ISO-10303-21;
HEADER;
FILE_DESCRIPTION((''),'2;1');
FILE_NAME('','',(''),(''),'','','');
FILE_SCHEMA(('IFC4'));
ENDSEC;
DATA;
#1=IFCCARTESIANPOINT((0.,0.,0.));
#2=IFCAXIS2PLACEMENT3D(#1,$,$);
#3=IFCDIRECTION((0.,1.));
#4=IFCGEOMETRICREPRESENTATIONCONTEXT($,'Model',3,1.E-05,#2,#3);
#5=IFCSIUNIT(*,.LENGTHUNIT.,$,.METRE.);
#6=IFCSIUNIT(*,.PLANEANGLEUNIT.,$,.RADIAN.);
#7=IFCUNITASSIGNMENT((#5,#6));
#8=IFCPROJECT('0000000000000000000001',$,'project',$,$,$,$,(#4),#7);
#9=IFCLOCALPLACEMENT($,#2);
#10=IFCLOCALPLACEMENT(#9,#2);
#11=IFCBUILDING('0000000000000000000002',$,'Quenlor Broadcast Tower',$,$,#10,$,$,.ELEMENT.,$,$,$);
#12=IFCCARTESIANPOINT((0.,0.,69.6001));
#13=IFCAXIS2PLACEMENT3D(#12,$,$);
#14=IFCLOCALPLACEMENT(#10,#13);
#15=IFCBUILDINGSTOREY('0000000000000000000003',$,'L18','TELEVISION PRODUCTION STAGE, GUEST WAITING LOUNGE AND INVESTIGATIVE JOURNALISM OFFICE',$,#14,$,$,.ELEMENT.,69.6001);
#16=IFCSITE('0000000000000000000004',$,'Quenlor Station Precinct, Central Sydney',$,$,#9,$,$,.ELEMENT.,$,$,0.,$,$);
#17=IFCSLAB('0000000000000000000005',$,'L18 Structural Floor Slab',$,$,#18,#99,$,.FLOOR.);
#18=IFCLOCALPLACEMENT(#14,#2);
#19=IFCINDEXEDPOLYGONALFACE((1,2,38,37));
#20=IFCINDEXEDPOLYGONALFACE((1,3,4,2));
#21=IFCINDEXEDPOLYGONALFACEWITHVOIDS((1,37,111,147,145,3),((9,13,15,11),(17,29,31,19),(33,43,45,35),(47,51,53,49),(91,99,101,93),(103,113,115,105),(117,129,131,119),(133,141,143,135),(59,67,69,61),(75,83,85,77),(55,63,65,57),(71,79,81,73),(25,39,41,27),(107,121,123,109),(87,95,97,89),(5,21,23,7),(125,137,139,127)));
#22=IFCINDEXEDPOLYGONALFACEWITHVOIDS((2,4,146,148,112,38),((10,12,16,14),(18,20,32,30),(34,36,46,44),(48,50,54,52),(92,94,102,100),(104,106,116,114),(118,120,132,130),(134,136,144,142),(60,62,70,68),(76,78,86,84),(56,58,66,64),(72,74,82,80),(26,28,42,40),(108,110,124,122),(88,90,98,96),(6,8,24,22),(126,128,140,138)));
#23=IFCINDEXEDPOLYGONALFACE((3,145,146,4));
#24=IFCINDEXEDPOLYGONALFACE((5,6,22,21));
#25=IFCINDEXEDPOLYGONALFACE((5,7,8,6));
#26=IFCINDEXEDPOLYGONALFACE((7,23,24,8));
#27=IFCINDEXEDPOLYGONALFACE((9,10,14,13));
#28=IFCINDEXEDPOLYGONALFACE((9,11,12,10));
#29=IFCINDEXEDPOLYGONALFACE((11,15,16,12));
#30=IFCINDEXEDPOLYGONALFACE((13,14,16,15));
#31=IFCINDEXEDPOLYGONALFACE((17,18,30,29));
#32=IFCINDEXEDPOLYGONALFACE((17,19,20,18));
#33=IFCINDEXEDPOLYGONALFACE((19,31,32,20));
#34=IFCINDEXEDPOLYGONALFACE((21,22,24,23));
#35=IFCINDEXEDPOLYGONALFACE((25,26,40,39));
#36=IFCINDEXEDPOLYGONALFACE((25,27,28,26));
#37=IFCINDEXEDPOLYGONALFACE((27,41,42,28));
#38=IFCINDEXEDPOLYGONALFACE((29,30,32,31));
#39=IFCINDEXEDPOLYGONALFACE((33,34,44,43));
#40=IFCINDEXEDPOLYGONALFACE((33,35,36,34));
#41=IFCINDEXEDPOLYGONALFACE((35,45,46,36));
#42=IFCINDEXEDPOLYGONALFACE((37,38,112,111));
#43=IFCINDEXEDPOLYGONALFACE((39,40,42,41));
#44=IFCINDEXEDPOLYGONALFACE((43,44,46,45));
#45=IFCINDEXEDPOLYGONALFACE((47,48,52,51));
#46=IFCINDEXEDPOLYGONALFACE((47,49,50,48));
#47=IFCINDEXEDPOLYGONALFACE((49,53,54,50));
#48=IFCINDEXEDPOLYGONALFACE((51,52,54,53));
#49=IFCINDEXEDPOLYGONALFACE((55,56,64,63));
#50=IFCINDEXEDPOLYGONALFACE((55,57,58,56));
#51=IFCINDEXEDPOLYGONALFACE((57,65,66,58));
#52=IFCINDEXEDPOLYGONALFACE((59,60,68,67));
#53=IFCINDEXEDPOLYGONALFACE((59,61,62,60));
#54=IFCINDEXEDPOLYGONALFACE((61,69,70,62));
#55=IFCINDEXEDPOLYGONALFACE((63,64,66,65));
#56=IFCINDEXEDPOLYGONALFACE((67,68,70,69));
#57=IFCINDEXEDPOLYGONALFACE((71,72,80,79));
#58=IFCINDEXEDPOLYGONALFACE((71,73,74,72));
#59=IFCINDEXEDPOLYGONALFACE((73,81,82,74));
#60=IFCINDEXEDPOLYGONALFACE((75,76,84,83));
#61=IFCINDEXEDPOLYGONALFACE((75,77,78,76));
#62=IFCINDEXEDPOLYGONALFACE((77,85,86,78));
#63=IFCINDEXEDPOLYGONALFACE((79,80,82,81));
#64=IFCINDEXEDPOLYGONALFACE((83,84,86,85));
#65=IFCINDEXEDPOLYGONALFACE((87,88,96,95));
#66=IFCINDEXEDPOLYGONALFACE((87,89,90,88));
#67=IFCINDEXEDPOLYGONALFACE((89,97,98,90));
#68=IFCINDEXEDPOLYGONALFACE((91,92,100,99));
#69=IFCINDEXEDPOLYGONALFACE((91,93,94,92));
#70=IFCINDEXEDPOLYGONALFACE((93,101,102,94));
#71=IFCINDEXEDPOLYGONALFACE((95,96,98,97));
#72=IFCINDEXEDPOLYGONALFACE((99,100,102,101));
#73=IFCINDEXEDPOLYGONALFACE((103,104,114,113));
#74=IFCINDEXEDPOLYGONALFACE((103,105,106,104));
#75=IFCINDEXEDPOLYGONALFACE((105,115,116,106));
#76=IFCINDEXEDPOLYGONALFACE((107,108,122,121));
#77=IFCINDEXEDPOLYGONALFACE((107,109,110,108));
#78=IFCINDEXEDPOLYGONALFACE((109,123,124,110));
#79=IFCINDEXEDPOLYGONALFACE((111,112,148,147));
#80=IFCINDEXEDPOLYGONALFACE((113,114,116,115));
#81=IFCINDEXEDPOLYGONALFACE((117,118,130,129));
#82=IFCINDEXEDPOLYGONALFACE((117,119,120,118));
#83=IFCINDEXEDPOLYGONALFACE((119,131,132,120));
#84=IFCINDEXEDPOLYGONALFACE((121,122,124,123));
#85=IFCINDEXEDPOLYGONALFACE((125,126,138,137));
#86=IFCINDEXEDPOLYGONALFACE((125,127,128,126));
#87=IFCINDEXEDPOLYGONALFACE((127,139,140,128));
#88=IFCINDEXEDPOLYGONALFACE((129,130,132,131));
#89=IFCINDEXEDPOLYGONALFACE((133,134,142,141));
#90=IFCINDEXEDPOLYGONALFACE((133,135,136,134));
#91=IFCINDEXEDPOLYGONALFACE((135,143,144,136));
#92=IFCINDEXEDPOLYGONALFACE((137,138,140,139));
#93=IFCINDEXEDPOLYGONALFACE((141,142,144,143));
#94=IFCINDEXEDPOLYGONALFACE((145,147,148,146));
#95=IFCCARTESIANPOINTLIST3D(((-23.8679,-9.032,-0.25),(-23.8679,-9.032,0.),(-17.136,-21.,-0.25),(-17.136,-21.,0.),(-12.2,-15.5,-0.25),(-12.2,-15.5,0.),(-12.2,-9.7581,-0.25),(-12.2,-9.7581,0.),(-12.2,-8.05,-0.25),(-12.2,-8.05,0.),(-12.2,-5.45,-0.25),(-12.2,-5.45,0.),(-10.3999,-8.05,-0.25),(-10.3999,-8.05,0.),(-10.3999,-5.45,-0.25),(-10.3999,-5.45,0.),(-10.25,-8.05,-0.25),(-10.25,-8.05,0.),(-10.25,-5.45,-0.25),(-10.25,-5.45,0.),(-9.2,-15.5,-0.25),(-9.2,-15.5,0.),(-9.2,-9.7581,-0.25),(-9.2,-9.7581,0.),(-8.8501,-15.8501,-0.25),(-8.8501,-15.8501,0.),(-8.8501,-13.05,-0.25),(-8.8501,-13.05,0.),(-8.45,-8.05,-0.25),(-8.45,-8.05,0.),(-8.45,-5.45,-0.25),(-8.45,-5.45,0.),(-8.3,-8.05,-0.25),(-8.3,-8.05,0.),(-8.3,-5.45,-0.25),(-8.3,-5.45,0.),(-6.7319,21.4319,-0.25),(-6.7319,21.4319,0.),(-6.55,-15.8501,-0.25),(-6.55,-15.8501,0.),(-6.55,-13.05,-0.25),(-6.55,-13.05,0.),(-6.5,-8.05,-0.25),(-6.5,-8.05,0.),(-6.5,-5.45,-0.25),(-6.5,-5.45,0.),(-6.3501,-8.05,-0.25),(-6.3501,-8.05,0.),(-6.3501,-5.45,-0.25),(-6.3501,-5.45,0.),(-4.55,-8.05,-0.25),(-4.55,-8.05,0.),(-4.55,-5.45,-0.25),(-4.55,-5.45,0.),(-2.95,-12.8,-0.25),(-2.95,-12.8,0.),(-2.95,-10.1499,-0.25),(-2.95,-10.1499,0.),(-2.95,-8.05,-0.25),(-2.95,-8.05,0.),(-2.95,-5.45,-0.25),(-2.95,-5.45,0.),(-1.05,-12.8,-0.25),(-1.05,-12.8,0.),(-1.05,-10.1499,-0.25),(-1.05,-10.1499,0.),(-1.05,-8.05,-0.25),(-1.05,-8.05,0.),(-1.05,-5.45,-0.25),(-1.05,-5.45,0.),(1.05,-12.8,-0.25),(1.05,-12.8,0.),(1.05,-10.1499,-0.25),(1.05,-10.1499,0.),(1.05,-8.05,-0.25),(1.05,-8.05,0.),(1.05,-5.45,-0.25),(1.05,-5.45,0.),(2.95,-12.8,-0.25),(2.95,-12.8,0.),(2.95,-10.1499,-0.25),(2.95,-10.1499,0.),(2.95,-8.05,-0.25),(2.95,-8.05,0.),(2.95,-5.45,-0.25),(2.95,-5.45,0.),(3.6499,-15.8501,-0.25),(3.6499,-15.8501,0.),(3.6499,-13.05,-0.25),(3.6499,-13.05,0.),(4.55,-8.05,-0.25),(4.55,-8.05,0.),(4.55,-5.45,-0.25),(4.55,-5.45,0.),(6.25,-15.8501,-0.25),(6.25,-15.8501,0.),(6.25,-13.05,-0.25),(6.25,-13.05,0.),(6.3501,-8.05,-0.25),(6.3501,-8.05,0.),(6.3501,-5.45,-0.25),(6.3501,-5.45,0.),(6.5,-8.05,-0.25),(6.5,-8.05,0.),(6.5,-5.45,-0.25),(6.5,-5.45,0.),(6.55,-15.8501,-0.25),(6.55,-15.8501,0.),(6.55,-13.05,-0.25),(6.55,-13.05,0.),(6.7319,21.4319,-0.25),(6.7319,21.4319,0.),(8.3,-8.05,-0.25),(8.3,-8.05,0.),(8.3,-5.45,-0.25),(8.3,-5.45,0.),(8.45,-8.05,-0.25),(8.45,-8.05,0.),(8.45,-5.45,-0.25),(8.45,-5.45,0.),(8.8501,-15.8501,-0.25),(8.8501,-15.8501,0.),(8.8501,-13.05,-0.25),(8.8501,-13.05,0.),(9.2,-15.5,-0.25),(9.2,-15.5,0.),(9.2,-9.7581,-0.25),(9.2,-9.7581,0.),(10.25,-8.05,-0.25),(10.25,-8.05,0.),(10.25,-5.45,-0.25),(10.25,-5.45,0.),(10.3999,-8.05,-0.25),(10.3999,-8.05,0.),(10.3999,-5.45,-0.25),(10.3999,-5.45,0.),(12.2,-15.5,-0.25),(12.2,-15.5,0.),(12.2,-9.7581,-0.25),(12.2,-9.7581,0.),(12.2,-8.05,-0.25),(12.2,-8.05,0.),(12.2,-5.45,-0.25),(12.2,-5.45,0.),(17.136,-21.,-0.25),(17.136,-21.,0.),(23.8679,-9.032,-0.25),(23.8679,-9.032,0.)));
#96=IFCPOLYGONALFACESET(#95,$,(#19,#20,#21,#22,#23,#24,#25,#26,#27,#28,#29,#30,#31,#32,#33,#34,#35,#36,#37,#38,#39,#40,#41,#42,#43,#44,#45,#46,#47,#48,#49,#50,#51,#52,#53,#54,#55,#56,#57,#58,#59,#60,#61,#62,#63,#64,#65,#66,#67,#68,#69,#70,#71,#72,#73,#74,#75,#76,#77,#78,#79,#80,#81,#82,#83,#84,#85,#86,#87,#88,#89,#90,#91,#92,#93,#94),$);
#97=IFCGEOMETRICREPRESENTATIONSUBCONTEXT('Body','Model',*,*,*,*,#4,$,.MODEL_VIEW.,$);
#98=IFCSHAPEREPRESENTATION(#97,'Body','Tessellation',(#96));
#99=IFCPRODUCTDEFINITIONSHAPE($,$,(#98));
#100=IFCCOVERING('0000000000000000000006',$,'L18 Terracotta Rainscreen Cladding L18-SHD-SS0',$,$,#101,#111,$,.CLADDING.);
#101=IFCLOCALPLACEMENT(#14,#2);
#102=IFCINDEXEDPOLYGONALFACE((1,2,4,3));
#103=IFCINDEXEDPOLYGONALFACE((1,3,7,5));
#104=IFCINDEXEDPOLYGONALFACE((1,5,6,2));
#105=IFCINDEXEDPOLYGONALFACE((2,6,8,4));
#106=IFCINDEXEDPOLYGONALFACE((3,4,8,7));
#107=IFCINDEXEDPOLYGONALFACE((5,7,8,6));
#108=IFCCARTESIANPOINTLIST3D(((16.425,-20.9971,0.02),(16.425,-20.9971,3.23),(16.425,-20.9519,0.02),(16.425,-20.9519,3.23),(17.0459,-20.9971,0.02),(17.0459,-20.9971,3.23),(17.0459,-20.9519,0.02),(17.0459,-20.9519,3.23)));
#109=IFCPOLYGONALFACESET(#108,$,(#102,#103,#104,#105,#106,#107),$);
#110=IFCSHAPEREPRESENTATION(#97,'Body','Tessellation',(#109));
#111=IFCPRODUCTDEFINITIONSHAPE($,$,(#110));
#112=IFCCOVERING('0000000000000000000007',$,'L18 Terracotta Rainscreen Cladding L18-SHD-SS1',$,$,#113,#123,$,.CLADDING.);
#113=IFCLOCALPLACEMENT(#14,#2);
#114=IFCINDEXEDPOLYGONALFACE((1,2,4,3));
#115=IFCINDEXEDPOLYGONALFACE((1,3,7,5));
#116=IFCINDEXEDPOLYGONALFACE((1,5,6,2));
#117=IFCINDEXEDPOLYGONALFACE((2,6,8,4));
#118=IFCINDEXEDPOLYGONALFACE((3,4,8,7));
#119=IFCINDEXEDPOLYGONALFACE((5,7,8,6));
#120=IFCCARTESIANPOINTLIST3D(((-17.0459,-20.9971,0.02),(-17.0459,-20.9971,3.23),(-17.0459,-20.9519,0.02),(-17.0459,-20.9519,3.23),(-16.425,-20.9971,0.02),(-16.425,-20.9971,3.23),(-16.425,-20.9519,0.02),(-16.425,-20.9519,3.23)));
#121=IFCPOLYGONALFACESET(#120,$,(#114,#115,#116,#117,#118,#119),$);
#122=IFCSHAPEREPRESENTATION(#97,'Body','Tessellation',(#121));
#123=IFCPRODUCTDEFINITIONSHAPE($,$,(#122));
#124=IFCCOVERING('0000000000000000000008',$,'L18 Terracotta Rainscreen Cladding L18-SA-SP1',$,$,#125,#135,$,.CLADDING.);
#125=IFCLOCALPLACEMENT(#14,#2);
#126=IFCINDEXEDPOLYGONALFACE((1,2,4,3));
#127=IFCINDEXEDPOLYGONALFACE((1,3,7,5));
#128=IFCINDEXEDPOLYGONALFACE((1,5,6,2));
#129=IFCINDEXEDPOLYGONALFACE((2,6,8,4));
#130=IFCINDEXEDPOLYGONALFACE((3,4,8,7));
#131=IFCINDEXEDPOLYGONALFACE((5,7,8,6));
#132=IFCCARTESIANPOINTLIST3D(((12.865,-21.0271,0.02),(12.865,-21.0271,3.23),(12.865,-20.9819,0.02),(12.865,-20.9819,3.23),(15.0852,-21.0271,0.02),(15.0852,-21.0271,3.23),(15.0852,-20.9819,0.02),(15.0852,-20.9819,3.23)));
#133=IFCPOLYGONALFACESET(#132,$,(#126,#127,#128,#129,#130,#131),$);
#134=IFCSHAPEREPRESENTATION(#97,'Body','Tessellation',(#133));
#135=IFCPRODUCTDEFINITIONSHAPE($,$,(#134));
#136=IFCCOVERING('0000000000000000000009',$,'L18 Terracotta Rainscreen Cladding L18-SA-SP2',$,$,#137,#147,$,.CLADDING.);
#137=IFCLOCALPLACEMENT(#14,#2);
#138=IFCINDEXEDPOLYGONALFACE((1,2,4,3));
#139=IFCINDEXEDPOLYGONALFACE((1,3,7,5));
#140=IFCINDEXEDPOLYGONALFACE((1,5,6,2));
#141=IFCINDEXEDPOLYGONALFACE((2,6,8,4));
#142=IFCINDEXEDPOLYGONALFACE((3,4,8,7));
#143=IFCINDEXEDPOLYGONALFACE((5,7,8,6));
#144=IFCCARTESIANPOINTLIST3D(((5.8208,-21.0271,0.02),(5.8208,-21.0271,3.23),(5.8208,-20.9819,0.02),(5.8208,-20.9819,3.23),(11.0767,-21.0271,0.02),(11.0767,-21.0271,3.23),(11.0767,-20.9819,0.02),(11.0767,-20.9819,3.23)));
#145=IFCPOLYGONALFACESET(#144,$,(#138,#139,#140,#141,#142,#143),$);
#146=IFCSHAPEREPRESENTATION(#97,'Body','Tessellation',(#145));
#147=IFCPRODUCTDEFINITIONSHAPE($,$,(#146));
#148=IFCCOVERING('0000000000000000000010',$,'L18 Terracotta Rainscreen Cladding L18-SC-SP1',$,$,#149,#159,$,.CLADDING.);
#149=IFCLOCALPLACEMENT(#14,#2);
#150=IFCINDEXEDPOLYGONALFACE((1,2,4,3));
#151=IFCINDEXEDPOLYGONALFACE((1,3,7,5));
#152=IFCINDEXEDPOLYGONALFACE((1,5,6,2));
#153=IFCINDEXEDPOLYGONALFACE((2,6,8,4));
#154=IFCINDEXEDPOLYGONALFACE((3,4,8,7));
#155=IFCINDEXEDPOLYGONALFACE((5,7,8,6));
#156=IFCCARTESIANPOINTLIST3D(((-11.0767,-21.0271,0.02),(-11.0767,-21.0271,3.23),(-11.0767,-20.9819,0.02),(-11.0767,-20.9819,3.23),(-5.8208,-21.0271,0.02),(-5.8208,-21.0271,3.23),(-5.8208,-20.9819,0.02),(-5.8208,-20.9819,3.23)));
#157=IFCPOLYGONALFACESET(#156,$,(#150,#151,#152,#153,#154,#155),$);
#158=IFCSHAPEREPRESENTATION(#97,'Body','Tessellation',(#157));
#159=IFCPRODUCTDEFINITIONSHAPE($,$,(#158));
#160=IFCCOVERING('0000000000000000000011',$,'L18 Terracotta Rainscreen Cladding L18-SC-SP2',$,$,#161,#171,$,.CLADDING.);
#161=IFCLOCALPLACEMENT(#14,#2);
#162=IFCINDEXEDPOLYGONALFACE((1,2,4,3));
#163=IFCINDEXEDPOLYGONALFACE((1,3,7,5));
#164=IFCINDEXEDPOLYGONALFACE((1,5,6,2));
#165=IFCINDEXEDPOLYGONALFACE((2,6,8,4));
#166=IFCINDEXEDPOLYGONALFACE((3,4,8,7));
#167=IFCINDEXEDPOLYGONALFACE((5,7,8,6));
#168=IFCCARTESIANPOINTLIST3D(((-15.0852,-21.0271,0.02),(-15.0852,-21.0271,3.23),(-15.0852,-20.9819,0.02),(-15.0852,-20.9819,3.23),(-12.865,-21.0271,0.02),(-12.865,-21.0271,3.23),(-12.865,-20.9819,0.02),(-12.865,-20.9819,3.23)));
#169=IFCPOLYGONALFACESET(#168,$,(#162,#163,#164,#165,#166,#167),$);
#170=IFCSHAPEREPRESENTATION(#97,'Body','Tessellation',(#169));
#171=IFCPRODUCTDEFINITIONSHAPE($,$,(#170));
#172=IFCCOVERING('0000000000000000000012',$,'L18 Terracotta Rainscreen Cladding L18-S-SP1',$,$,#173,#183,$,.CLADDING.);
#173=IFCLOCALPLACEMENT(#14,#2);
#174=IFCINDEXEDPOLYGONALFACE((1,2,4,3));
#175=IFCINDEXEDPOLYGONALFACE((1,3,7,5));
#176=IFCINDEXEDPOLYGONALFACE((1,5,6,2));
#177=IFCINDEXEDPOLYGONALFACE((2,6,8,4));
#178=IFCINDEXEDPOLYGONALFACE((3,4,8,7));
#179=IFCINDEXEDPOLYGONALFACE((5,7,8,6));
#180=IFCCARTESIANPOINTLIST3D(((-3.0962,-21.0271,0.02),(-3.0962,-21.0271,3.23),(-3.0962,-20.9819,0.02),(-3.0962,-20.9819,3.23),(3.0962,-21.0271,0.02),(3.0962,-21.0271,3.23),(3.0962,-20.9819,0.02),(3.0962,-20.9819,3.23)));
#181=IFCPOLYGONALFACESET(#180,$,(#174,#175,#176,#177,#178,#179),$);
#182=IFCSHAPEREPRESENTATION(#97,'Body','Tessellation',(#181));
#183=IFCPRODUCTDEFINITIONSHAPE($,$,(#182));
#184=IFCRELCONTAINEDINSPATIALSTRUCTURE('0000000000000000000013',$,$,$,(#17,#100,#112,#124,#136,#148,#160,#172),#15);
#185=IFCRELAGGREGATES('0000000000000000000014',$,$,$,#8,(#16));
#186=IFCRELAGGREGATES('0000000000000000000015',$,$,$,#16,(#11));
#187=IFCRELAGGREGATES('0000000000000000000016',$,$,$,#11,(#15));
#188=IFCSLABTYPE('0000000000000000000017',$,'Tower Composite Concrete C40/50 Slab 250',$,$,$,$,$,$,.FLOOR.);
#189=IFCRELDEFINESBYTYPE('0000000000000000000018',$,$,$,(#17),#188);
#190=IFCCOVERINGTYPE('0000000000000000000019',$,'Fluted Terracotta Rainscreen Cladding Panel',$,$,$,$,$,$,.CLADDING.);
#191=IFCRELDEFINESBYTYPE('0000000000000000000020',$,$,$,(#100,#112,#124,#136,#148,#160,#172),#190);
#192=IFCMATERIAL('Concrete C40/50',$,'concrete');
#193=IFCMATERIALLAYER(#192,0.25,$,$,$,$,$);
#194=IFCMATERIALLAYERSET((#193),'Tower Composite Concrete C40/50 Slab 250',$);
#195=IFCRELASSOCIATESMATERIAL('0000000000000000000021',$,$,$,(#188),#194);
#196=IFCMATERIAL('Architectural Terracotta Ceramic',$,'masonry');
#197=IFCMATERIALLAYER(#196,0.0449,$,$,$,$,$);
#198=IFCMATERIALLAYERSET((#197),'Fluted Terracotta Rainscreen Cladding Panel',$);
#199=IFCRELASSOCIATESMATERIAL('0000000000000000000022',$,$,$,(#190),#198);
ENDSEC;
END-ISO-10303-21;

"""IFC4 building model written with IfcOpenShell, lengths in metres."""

from ifc_helpers import new_model, si_unit, direction, frame, origin, place, context, subcontext, project, spatial, polyline, outline, extrude, material, layer, layer_set, type_object, element, save


model = new_model("IFC4")

# Units and contexts
model_context = context("Model", 3, precision=1e-05, world=origin(), true_north=direction((0.0, 1.0)))
body_context = subcontext(model_context, "Body", "Model", "MODEL_VIEW")
ifc_project = project(units=[si_unit("LENGTHUNIT", "METRE"), si_unit("PLANEANGLEUNIT", "RADIAN")], contexts=[model_context])

# Site, building, storey
site_placement = place(None, origin())
site = spatial("IfcSite", under=ifc_project, at=site_placement, Name="Quenlor Station Precinct, Central Sydney", CompositionType="ELEMENT", RefElevation=0.0)
building_placement = place(site_placement, origin())
building = spatial("IfcBuilding", under=site, at=building_placement, Name="Quenlor Broadcast Tower", CompositionType="ELEMENT")
storey_placement = place(building_placement, frame((0.0, 0.0, 69.6001)))
storey = spatial("IfcBuildingStorey", under=building, at=storey_placement, Name="L18", Description="TELEVISION PRODUCTION STAGE, GUEST WAITING LOUNGE AND INVESTIGATIVE JOURNALISM OFFICE", CompositionType="ELEMENT", Elevation=69.6001)

# Slab
ifc_material_1 = material(Name="Concrete C40/50", Category="concrete")
ifc_layer_1 = layer(ifc_material_1, 0.25)
ifc_layer_set_1 = layer_set([ifc_layer_1], Name="Tower Composite Concrete C40/50 Slab 250")
slab_type = type_object("IfcSlabType", Name="Tower Composite Concrete C40/50 Slab 250", PredefinedType="FLOOR", material=ifc_layer_set_1)
slab_placement = place(storey_placement, frame((0.0, 0.0, -0.25)))
element("IfcSlab", 1, at=slab_placement, inside=storey, type_object=slab_type, Name="L18 Structural Floor Slab", PredefinedType="FLOOR", context=body_context, shape_type="SweptSolid", body=[
    extrude(outline(polyline([(17.136, -21.0), (23.8679, -9.032), (6.7319, 21.4319), (-6.7319, 21.4319), (-23.8679, -9.032), (-17.136, -21.0), (17.136, -21.0)]), holes=[polyline([(-12.2, -9.7581), (-12.2, -15.5), (-9.2, -15.5), (-9.2, -9.7581), (-12.2, -9.7581)]), polyline([(9.2, -9.7581), (9.2, -15.5), (12.2, -15.5), (12.2, -9.7581), (9.2, -9.7581)]), polyline([(-12.2, -8.05), (-10.3999, -8.05), (-10.3999, -5.45), (-12.2, -5.45), (-12.2, -8.05)]), polyline([(-10.25, -8.05), (-8.45, -8.05), (-8.45, -5.45), (-10.25, -5.45), (-10.25, -8.05)]), polyline([(-8.3, -8.05), (-6.5, -8.05), (-6.5, -5.45), (-8.3, -5.45), (-8.3, -8.05)]), polyline([(-6.3501, -8.05), (-4.55, -8.05), (-4.55, -5.45), (-6.3501, -5.45), (-6.3501, -8.05)]), polyline([(-2.95, -8.05), (-1.05, -8.05), (-1.05, -5.45), (-2.95, -5.45), (-2.95, -8.05)]), polyline([(1.05, -8.05), (2.95, -8.05), (2.95, -5.45), (1.05, -5.45), (1.05, -8.05)]), polyline([(-2.95, -12.8), (-1.05, -12.8), (-1.05, -10.1499), (-2.95, -10.1499), (-2.95, -12.8)]), polyline([(1.05, -12.8), (2.95, -12.8), (2.95, -10.1499), (1.05, -10.1499), (1.05, -12.8)]), polyline([(4.55, -8.05), (6.3501, -8.05), (6.3501, -5.45), (4.55, -5.45), (4.55, -8.05)]), polyline([(6.5, -8.05), (8.3, -8.05), (8.3, -5.45), (6.5, -5.45), (6.5, -8.05)]), polyline([(8.45, -8.05), (10.25, -8.05), (10.25, -5.45), (8.45, -5.45), (8.45, -8.05)]), polyline([(10.3999, -8.05), (12.2, -8.05), (12.2, -5.45), (10.3999, -5.45), (10.3999, -8.05)]), polyline([(-8.8501, -15.8501), (-6.55, -15.8501), (-6.55, -13.05), (-8.8501, -13.05), (-8.8501, -15.8501)]), polyline([(6.55, -15.8501), (8.8501, -15.8501), (8.8501, -13.05), (6.55, -13.05), (6.55, -15.8501)]), polyline([(3.6499, -15.8501), (6.25, -15.8501), (6.25, -13.05), (3.6499, -13.05), (3.6499, -15.8501)])]), origin(), (0.0, 0.0, 1.0), 0.25),
])

# Coverings
ifc_material_2 = material(Name="Architectural Terracotta Ceramic", Category="masonry")
ifc_layer_2 = layer(ifc_material_2, 0.0449)
ifc_layer_set_2 = layer_set([ifc_layer_2], Name="Fluted Terracotta Rainscreen Cladding Panel")
covering_type = type_object("IfcCoveringType", Name="Fluted Terracotta Rainscreen Cladding Panel", PredefinedType="CLADDING", material=ifc_layer_set_2)
covering_1_placement = place(storey_placement, frame((0.0, 0.0, 0.02)))
element("IfcCovering", 2, at=covering_1_placement, inside=storey, type_object=covering_type, Name="L18 Terracotta Rainscreen Cladding L18-SHD-SS0", PredefinedType="CLADDING", context=body_context, shape_type="SweptSolid", body=[
    extrude(outline(polyline([(17.0459, -20.9519), (16.425, -20.9519), (16.425, -20.9971), (17.0459, -20.9971), (17.0459, -20.9519)])), origin(), (0.0, 0.0, 1.0), 3.21),
])
covering_2_placement = place(storey_placement, frame((0.0, 0.0, 0.02)))
element("IfcCovering", 3, at=covering_2_placement, inside=storey, type_object=covering_type, Name="L18 Terracotta Rainscreen Cladding L18-SHD-SS1", PredefinedType="CLADDING", context=body_context, shape_type="SweptSolid", body=[
    extrude(outline(polyline([(-16.425, -20.9519), (-17.0459, -20.9519), (-17.0459, -20.9971), (-16.425, -20.9971), (-16.425, -20.9519)])), origin(), (0.0, 0.0, 1.0), 3.21),
])
covering_3_placement = place(storey_placement, frame((0.0, 0.0, 0.02)))
element("IfcCovering", 4, at=covering_3_placement, inside=storey, type_object=covering_type, Name="L18 Terracotta Rainscreen Cladding L18-SA-SP1", PredefinedType="CLADDING", context=body_context, shape_type="SweptSolid", body=[
    extrude(outline(polyline([(15.0852, -20.9819), (12.865, -20.9819), (12.865, -21.0271), (15.0852, -21.0271), (15.0852, -20.9819)])), origin(), (0.0, 0.0, 1.0), 3.21),
])
covering_4_placement = place(storey_placement, frame((0.0, 0.0, 0.02)))
element("IfcCovering", 5, at=covering_4_placement, inside=storey, type_object=covering_type, Name="L18 Terracotta Rainscreen Cladding L18-SA-SP2", PredefinedType="CLADDING", context=body_context, shape_type="SweptSolid", body=[
    extrude(outline(polyline([(11.0767, -20.9819), (5.8208, -20.9819), (5.8208, -21.0271), (11.0767, -21.0271), (11.0767, -20.9819)])), origin(), (0.0, 0.0, 1.0), 3.21),
])
covering_5_placement = place(storey_placement, frame((0.0, 0.0, 0.02)))
element("IfcCovering", 6, at=covering_5_placement, inside=storey, type_object=covering_type, Name="L18 Terracotta Rainscreen Cladding L18-SC-SP1", PredefinedType="CLADDING", context=body_context, shape_type="SweptSolid", body=[
    extrude(outline(polyline([(-5.8208, -20.9819), (-11.0767, -20.9819), (-11.0767, -21.0271), (-5.8208, -21.0271), (-5.8208, -20.9819)])), origin(), (0.0, 0.0, 1.0), 3.21),
])
covering_6_placement = place(storey_placement, frame((0.0, 0.0, 0.02)))
element("IfcCovering", 7, at=covering_6_placement, inside=storey, type_object=covering_type, Name="L18 Terracotta Rainscreen Cladding L18-SC-SP2", PredefinedType="CLADDING", context=body_context, shape_type="SweptSolid", body=[
    extrude(outline(polyline([(-12.865, -20.9819), (-15.0852, -20.9819), (-15.0852, -21.0271), (-12.865, -21.0271), (-12.865, -20.9819)])), origin(), (0.0, 0.0, 1.0), 3.21),
])
covering_7_placement = place(storey_placement, frame((0.0, 0.0, 0.02)))
element("IfcCovering", 8, at=covering_7_placement, inside=storey, type_object=covering_type, Name="L18 Terracotta Rainscreen Cladding L18-S-SP1", PredefinedType="CLADDING", context=body_context, shape_type="SweptSolid", body=[
    extrude(outline(polyline([(3.0962, -20.9819), (-3.0962, -20.9819), (-3.0962, -21.0271), (3.0962, -21.0271), (3.0962, -20.9819)])), origin(), (0.0, 0.0, 1.0), 3.21),
])

save(model, "model.ifc")
